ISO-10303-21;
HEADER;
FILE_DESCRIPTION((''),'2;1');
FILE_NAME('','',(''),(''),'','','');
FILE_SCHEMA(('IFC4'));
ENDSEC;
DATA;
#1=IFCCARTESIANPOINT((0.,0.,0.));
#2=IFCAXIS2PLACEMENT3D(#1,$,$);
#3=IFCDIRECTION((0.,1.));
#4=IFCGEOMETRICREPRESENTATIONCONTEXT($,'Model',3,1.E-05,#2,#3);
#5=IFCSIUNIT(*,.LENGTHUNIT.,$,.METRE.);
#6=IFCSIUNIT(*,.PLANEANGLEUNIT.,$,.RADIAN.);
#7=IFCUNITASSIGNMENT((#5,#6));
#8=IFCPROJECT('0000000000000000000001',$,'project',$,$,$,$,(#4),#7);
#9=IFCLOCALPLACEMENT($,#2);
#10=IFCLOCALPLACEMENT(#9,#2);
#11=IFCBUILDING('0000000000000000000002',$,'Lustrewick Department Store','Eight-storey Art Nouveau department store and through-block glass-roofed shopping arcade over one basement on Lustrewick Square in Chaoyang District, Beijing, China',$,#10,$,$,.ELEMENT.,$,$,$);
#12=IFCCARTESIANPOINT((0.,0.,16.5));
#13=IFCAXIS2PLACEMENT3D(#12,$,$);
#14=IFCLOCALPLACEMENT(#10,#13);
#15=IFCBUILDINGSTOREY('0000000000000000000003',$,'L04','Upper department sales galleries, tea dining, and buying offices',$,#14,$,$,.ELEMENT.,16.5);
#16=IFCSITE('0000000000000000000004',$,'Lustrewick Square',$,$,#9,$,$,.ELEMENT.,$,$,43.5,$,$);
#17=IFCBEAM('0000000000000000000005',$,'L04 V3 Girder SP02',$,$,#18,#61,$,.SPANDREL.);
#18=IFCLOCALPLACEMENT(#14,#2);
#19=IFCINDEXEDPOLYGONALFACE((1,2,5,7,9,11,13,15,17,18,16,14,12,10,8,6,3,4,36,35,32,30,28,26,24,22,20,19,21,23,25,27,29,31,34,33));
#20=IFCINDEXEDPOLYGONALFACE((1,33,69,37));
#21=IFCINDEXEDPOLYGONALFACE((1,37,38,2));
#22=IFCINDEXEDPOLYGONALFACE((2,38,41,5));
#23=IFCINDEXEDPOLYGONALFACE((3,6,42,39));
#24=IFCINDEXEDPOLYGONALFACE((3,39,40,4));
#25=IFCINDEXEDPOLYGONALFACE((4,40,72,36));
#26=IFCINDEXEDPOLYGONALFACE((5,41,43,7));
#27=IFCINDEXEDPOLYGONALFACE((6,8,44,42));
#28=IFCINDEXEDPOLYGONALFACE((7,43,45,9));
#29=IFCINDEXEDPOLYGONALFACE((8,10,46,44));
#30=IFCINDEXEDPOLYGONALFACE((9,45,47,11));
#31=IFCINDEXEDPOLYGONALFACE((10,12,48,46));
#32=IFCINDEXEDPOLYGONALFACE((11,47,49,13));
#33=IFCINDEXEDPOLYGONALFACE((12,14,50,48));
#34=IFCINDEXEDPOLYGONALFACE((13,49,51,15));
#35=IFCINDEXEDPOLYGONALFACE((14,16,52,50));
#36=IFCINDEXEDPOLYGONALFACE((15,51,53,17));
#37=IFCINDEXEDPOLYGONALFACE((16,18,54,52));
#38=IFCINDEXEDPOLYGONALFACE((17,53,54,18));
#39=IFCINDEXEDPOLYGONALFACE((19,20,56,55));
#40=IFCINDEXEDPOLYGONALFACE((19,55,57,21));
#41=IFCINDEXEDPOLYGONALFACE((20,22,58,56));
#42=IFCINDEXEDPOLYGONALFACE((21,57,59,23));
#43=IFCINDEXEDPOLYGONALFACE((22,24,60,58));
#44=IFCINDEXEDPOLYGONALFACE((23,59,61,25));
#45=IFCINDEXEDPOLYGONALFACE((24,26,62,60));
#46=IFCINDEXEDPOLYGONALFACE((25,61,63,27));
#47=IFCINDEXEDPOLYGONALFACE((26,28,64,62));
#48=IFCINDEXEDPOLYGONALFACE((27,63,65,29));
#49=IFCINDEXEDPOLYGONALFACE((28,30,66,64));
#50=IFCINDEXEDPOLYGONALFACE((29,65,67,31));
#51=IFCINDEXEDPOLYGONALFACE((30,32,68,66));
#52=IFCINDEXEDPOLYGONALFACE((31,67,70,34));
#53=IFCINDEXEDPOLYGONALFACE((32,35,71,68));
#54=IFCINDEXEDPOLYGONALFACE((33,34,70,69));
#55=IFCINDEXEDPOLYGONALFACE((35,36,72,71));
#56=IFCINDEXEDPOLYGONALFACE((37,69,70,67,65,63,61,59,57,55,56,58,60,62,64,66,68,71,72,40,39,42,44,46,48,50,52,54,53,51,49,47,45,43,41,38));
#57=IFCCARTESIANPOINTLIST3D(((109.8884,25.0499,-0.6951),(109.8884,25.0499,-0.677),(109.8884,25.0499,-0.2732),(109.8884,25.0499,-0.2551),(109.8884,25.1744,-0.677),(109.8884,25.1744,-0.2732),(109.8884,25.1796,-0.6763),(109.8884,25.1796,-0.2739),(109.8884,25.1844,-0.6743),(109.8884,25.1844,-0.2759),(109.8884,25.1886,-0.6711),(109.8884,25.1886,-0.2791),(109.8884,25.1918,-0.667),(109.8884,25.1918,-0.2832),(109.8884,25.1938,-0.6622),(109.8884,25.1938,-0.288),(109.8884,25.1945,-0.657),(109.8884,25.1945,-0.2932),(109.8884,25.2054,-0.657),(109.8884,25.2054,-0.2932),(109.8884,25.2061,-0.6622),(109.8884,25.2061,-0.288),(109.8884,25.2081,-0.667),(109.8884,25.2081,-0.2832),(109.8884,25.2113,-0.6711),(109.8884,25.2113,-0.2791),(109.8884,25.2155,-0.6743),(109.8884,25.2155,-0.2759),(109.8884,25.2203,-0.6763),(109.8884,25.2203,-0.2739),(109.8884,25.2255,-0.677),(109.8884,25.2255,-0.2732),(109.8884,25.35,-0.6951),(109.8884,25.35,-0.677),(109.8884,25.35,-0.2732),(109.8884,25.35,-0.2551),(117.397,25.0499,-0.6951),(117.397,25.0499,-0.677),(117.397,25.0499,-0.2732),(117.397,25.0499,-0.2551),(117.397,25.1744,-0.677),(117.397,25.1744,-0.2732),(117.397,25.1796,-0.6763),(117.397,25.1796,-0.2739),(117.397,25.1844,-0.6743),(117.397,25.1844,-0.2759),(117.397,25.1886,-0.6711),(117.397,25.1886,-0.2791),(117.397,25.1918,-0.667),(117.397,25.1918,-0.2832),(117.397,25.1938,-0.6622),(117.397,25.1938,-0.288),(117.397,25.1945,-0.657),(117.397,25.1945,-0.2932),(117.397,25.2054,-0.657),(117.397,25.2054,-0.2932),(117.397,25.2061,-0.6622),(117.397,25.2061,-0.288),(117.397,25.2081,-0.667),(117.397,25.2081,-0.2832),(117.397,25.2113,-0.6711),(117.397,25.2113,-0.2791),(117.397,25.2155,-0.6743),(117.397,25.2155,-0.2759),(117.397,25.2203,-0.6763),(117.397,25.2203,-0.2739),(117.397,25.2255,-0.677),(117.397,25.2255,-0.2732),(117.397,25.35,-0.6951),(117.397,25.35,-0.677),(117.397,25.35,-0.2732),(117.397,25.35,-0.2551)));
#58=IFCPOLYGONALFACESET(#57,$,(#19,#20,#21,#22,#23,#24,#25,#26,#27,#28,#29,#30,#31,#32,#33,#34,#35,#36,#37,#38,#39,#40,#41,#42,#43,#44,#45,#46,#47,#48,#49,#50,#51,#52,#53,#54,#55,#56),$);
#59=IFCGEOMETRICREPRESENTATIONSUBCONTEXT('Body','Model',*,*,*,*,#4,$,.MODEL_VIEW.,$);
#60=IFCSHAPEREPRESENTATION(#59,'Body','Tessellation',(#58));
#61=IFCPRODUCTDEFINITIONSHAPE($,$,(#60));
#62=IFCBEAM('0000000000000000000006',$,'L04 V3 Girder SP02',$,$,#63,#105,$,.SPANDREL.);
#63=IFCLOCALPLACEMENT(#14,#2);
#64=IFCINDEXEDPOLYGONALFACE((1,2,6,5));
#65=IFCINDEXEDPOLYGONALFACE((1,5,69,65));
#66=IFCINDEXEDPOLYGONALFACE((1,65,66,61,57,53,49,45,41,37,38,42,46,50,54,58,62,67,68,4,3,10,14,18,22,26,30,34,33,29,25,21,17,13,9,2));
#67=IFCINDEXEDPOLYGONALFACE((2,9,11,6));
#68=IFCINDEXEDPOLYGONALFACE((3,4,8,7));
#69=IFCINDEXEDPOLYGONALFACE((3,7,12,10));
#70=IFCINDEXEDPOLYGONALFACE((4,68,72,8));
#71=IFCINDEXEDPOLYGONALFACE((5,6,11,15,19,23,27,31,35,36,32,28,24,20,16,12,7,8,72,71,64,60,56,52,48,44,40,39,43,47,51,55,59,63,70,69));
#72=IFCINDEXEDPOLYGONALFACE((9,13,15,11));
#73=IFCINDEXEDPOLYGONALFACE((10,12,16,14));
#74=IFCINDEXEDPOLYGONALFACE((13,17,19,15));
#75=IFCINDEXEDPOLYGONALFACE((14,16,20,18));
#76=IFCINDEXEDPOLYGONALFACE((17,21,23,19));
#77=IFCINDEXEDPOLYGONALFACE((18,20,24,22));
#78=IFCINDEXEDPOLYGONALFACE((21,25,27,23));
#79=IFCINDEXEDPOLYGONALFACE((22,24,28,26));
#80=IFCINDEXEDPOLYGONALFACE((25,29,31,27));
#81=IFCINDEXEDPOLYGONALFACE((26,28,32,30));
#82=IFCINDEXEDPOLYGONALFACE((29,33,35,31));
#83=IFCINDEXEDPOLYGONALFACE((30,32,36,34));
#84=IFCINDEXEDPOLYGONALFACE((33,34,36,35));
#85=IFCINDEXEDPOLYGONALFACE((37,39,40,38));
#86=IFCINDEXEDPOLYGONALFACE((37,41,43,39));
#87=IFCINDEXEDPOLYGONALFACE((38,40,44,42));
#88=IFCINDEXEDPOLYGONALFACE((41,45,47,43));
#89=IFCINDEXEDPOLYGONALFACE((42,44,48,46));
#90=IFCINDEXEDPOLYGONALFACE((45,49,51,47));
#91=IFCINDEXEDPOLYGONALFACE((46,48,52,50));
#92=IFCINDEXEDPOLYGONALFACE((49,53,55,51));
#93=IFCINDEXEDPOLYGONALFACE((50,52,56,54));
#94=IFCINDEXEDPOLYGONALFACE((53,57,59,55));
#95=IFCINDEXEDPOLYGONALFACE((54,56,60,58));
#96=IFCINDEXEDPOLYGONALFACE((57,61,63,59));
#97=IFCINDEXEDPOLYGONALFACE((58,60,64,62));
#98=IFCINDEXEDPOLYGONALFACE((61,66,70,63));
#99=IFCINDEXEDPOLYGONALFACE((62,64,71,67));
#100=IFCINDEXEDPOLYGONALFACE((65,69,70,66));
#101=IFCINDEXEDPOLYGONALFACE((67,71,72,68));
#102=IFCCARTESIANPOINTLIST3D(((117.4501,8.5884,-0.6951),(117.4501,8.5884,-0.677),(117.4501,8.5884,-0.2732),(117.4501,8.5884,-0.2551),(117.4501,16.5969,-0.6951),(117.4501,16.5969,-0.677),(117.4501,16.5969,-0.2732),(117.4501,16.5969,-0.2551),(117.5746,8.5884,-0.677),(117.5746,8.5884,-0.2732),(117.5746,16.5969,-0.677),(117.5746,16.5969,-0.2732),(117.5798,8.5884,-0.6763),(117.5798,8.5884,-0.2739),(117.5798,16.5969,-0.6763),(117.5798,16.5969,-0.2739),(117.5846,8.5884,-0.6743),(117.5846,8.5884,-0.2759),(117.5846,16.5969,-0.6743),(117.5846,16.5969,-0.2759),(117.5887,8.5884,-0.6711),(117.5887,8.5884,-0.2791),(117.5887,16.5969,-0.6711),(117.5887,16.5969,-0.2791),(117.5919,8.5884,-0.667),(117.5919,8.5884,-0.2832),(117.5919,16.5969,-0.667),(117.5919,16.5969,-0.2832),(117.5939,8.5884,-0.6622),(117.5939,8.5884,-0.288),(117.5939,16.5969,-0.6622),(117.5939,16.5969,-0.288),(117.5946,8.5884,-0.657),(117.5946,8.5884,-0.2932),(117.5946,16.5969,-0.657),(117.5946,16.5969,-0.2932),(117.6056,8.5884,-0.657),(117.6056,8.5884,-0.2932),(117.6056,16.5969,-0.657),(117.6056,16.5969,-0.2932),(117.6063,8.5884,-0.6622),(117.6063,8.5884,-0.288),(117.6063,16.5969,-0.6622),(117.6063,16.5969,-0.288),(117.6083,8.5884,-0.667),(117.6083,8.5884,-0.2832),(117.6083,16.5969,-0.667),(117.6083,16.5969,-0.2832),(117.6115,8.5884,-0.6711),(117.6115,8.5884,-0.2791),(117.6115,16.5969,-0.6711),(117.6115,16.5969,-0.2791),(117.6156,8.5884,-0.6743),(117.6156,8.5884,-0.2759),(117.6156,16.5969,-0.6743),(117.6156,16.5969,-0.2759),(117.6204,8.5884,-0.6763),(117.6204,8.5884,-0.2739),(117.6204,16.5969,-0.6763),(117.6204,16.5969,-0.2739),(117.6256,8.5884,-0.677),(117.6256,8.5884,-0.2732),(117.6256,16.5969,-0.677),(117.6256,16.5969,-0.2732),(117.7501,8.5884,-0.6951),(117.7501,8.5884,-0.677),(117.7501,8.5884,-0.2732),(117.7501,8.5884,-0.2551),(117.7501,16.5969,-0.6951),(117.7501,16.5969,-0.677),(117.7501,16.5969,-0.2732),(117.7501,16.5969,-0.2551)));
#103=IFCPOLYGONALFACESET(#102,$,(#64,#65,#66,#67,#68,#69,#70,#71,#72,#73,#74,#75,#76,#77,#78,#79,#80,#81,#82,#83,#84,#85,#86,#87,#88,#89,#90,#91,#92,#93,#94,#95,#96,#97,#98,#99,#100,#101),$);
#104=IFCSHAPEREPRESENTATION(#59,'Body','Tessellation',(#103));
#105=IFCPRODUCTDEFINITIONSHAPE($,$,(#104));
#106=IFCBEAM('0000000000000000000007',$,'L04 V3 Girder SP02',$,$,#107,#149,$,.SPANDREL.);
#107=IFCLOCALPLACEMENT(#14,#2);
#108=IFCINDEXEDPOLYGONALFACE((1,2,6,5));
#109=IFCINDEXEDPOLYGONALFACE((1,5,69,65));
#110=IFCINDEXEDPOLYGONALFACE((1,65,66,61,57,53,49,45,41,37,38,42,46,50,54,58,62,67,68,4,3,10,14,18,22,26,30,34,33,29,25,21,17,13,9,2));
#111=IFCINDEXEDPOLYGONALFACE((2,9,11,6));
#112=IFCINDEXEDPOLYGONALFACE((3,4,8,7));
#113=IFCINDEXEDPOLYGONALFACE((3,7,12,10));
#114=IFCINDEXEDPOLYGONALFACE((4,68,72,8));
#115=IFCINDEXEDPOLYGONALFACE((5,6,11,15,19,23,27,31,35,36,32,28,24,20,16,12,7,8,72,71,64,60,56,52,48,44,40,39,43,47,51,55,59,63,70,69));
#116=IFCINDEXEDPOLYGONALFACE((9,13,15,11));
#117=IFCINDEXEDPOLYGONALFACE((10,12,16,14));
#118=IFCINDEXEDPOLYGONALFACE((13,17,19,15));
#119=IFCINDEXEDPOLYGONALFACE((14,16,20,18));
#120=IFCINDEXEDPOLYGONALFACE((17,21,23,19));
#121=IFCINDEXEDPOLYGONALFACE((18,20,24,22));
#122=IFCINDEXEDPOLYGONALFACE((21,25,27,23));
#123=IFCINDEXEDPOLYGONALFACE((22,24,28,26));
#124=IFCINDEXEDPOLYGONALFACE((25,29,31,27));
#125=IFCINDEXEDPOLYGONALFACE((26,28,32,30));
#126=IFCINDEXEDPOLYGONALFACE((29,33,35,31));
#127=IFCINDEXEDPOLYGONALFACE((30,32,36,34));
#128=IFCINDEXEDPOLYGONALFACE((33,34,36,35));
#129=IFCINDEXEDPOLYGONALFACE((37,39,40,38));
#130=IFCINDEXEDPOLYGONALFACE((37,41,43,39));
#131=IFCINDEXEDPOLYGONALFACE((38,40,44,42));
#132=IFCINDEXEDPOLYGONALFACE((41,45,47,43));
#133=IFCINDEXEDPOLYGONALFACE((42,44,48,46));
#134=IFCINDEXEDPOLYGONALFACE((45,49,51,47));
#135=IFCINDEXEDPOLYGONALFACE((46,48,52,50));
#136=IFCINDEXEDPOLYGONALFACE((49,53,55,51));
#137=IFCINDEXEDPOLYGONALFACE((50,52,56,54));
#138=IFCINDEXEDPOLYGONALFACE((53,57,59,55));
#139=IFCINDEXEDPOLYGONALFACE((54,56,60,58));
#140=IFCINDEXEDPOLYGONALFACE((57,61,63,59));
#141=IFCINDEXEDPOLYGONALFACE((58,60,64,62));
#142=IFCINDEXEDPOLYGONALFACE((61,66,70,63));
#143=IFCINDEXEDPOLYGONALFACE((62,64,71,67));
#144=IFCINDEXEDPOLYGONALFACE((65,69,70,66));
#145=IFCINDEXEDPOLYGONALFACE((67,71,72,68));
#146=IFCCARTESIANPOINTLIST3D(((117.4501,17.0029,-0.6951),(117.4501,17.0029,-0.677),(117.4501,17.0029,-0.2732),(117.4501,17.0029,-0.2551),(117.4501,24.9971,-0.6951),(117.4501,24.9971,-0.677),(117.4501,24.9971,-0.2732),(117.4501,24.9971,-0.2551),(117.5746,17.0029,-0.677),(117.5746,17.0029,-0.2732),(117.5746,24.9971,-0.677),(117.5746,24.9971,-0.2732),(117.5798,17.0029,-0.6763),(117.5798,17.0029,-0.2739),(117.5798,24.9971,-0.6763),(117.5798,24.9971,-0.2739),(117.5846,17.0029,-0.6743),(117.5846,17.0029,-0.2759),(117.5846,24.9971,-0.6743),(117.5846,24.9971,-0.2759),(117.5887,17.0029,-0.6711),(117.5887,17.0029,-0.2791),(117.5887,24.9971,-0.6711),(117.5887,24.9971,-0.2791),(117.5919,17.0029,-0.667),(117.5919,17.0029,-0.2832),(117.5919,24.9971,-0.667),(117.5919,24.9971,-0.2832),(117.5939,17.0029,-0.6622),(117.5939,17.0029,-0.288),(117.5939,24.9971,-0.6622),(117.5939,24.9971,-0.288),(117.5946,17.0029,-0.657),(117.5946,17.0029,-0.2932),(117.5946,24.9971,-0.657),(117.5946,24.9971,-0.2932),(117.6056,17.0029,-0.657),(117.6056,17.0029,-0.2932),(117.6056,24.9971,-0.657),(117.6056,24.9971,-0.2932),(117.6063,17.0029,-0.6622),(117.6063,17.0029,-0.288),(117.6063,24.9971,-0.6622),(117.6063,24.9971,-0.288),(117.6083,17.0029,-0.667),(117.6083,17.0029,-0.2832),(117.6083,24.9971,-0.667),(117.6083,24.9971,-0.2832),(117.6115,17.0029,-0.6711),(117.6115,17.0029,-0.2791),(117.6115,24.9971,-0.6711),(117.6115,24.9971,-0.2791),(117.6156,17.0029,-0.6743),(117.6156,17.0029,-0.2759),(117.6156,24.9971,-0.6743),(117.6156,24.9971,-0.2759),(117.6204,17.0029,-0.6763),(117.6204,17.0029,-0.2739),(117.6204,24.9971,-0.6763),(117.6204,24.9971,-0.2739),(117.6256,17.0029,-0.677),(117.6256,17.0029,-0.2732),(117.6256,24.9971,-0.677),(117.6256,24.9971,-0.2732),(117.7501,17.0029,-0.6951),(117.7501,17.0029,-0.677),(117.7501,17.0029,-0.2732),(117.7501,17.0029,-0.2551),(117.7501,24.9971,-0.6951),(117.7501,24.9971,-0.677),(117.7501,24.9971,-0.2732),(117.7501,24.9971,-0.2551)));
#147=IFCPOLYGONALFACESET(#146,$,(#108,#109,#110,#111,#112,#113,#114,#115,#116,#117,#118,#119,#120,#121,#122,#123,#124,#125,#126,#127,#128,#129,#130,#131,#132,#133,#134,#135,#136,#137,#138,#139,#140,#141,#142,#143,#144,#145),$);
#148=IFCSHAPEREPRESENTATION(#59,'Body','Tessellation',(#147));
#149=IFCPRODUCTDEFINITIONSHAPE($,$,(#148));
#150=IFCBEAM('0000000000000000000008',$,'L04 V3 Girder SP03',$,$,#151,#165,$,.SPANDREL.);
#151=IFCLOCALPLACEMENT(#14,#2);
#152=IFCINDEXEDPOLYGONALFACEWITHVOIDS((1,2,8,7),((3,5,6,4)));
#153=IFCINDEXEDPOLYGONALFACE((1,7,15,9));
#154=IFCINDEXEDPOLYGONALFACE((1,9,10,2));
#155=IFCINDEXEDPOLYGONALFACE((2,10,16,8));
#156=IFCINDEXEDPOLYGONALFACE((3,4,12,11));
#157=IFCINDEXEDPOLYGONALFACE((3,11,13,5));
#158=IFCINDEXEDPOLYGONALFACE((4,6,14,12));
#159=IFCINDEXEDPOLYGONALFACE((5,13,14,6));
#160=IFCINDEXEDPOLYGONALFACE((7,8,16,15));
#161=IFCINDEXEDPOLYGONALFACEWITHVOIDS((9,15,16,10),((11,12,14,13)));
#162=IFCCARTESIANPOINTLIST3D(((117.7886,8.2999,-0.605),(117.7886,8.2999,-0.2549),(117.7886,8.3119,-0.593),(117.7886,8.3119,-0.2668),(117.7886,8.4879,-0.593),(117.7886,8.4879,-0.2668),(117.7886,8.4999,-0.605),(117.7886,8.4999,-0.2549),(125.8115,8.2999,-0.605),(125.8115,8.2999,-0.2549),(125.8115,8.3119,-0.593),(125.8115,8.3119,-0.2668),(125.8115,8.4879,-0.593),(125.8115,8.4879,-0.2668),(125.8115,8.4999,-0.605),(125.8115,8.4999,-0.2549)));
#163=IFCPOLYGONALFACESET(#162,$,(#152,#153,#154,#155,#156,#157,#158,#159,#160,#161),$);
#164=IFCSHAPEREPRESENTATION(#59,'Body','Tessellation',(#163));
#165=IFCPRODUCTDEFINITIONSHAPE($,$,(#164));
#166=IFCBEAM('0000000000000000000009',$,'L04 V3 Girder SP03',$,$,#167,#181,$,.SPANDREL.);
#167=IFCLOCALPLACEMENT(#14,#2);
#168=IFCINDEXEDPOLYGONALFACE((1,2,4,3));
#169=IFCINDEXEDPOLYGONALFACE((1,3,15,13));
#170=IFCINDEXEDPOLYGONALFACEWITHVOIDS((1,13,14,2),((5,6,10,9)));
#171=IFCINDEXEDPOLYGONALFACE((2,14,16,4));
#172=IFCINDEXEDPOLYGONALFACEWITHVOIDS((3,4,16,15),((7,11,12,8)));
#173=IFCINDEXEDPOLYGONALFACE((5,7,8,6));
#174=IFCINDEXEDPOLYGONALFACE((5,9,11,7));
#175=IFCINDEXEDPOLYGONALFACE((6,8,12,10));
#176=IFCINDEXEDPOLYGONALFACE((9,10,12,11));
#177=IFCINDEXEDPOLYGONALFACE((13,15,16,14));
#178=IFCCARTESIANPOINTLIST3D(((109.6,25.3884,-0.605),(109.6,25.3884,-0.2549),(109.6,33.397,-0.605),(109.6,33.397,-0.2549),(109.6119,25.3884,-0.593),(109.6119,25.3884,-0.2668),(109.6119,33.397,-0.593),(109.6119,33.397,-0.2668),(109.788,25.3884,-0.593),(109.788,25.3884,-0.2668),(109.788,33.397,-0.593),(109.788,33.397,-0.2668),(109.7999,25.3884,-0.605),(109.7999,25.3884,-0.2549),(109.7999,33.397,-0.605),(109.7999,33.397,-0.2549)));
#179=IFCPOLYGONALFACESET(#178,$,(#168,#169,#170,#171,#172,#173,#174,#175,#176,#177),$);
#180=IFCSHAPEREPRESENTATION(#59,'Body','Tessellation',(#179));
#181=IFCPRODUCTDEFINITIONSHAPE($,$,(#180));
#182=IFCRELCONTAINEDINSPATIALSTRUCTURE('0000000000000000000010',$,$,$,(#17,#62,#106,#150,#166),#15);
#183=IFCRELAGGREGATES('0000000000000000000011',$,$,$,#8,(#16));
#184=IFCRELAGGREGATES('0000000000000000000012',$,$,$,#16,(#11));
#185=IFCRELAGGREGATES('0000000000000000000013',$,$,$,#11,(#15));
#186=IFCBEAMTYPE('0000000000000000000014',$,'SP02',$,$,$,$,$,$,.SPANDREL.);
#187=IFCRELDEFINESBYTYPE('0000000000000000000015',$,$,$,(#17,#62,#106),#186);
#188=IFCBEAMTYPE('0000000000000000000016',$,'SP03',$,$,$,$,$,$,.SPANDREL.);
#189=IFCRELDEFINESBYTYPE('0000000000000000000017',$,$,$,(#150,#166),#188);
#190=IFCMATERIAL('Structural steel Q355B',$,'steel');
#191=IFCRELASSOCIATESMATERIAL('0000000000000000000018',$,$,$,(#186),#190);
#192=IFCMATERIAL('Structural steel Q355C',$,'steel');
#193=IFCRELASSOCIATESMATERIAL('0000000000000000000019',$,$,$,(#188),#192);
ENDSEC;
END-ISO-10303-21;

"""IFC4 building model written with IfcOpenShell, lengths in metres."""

from ifc_helpers import new_model, si_unit, direction, frame, origin, origin_2d, place, context, subcontext, project, spatial, hollow_rectangle, i_section, extrude, material, material_profile, profile_set, type_object, element, save


model = new_model("IFC4")

# Units and contexts
model_context = context("Model", 3, precision=1e-05, world=origin(), true_north=direction((0.0, 1.0)))
body_context = subcontext(model_context, "Body", "Model", "MODEL_VIEW")
ifc_project = project(units=[si_unit("LENGTHUNIT", "METRE"), si_unit("PLANEANGLEUNIT", "RADIAN")], contexts=[model_context])

# Site, building, storey
site_placement = place(None, origin())
site = spatial("IfcSite", under=ifc_project, at=site_placement, Name="Lustrewick Square", CompositionType="ELEMENT", RefElevation=43.5)
building_placement = place(site_placement, origin())
building = spatial("IfcBuilding", under=site, at=building_placement, Name="Lustrewick Department Store", Description="Eight-storey Art Nouveau department store and through-block glass-roofed shopping arcade over one basement on Lustrewick Square in Chaoyang District, Beijing, China", CompositionType="ELEMENT")
storey_placement = place(building_placement, frame((0.0, 0.0, 16.5)))
storey = spatial("IfcBuildingStorey", under=building, at=storey_placement, Name="L04", Description="Upper department sales galleries, tea dining, and buying offices", CompositionType="ELEMENT", Elevation=16.5)

# Shared definitions
ifc_material_1 = material(Name="Structural steel Q355C", Category="steel")
ifc_material_2 = material(Name="Structural steel Q355B", Category="steel")

# Beams
ifc_material_profile_1 = material_profile(ifc_material_2, i_section(OverallWidth=0.3, OverallDepth=0.4399, WebThickness=0.011, FlangeThickness=0.0181, FilletRadius=0.02, at=origin_2d()), Name="HM 440x300x11x18")
ifc_profile_set_1 = profile_set([ifc_material_profile_1], Name="Structural steel Q355B")
beam_type_1 = type_object("IfcBeamType", Name="SP02", PredefinedType="SPANDREL", material=ifc_profile_set_1)
beam_1_placement = place(storey_placement, frame((109.8884, 25.2, -0.4751), z_axis=(1.0, 0.0, 0.0), x_axis=(0.0, 1.0, 0.0)))
element("IfcBeam", 1, at=beam_1_placement, inside=storey, type_object=beam_type_1, Name="L04 V3 Girder SP02", PredefinedType="SPANDREL", context=body_context, shape_type="SweptSolid", body=[
    extrude(i_section(OverallWidth=0.3, OverallDepth=0.4399, WebThickness=0.011, FlangeThickness=0.0181, FilletRadius=0.02, at=origin_2d()), origin(), (0.0, 0.0, 1.0), 7.5085),
])
beam_2_placement = place(storey_placement, frame((117.6001, 8.5884, -0.4751), z_axis=(0.0, 1.0, 0.0), x_axis=(-1.0, 0.0, 0.0)))
element("IfcBeam", 2, at=beam_2_placement, inside=storey, type_object=beam_type_1, Name="L04 V3 Girder SP02", PredefinedType="SPANDREL", context=body_context, shape_type="SweptSolid", body=[
    extrude(i_section(OverallWidth=0.3, OverallDepth=0.4399, WebThickness=0.011, FlangeThickness=0.0181, FilletRadius=0.02, at=origin_2d()), origin(), (0.0, 0.0, 1.0), 8.0085),
])
beam_3_placement = place(storey_placement, frame((117.6001, 17.0029, -0.4751), z_axis=(0.0, 1.0, 0.0), x_axis=(-1.0, 0.0, 0.0)))
element("IfcBeam", 3, at=beam_3_placement, inside=storey, type_object=beam_type_1, Name="L04 V3 Girder SP02", PredefinedType="SPANDREL", context=body_context, shape_type="SweptSolid", body=[
    extrude(i_section(OverallWidth=0.3, OverallDepth=0.4399, WebThickness=0.011, FlangeThickness=0.0181, FilletRadius=0.02, at=origin_2d()), origin(), (0.0, 0.0, 1.0), 7.9941),
])
ifc_material_profile_2 = material_profile(ifc_material_1, hollow_rectangle(XDim=0.2, YDim=0.3501, WallThickness=0.012, at=origin_2d()), Name="RHS 350x200x12")
ifc_profile_set_2 = profile_set([ifc_material_profile_2], Name="Structural steel Q355C")
beam_type_2 = type_object("IfcBeamType", Name="SP03", PredefinedType="SPANDREL", material=ifc_profile_set_2)
beam_4_placement = place(storey_placement, frame((117.7886, 8.3999, -0.4299), z_axis=(1.0, 0.0, 0.0), x_axis=(0.0, 1.0, 0.0)))
element("IfcBeam", 4, at=beam_4_placement, inside=storey, type_object=beam_type_2, Name="L04 V3 Girder SP03", PredefinedType="SPANDREL", context=body_context, shape_type="SweptSolid", body=[
    extrude(hollow_rectangle(XDim=0.2, YDim=0.3501, WallThickness=0.012, at=origin_2d()), origin(), (0.0, 0.0, 1.0), 8.0229),
])
beam_5_placement = place(storey_placement, frame((109.7, 25.3884, -0.4299), z_axis=(0.0, 1.0, 0.0), x_axis=(-1.0, 0.0, 0.0)))
element("IfcBeam", 5, at=beam_5_placement, inside=storey, type_object=beam_type_2, Name="L04 V3 Girder SP03", PredefinedType="SPANDREL", context=body_context, shape_type="SweptSolid", body=[
    extrude(hollow_rectangle(XDim=0.2, YDim=0.3501, WallThickness=0.012, at=origin_2d()), origin(), (0.0, 0.0, 1.0), 8.0085),
])

save(model, "model.ifc")
